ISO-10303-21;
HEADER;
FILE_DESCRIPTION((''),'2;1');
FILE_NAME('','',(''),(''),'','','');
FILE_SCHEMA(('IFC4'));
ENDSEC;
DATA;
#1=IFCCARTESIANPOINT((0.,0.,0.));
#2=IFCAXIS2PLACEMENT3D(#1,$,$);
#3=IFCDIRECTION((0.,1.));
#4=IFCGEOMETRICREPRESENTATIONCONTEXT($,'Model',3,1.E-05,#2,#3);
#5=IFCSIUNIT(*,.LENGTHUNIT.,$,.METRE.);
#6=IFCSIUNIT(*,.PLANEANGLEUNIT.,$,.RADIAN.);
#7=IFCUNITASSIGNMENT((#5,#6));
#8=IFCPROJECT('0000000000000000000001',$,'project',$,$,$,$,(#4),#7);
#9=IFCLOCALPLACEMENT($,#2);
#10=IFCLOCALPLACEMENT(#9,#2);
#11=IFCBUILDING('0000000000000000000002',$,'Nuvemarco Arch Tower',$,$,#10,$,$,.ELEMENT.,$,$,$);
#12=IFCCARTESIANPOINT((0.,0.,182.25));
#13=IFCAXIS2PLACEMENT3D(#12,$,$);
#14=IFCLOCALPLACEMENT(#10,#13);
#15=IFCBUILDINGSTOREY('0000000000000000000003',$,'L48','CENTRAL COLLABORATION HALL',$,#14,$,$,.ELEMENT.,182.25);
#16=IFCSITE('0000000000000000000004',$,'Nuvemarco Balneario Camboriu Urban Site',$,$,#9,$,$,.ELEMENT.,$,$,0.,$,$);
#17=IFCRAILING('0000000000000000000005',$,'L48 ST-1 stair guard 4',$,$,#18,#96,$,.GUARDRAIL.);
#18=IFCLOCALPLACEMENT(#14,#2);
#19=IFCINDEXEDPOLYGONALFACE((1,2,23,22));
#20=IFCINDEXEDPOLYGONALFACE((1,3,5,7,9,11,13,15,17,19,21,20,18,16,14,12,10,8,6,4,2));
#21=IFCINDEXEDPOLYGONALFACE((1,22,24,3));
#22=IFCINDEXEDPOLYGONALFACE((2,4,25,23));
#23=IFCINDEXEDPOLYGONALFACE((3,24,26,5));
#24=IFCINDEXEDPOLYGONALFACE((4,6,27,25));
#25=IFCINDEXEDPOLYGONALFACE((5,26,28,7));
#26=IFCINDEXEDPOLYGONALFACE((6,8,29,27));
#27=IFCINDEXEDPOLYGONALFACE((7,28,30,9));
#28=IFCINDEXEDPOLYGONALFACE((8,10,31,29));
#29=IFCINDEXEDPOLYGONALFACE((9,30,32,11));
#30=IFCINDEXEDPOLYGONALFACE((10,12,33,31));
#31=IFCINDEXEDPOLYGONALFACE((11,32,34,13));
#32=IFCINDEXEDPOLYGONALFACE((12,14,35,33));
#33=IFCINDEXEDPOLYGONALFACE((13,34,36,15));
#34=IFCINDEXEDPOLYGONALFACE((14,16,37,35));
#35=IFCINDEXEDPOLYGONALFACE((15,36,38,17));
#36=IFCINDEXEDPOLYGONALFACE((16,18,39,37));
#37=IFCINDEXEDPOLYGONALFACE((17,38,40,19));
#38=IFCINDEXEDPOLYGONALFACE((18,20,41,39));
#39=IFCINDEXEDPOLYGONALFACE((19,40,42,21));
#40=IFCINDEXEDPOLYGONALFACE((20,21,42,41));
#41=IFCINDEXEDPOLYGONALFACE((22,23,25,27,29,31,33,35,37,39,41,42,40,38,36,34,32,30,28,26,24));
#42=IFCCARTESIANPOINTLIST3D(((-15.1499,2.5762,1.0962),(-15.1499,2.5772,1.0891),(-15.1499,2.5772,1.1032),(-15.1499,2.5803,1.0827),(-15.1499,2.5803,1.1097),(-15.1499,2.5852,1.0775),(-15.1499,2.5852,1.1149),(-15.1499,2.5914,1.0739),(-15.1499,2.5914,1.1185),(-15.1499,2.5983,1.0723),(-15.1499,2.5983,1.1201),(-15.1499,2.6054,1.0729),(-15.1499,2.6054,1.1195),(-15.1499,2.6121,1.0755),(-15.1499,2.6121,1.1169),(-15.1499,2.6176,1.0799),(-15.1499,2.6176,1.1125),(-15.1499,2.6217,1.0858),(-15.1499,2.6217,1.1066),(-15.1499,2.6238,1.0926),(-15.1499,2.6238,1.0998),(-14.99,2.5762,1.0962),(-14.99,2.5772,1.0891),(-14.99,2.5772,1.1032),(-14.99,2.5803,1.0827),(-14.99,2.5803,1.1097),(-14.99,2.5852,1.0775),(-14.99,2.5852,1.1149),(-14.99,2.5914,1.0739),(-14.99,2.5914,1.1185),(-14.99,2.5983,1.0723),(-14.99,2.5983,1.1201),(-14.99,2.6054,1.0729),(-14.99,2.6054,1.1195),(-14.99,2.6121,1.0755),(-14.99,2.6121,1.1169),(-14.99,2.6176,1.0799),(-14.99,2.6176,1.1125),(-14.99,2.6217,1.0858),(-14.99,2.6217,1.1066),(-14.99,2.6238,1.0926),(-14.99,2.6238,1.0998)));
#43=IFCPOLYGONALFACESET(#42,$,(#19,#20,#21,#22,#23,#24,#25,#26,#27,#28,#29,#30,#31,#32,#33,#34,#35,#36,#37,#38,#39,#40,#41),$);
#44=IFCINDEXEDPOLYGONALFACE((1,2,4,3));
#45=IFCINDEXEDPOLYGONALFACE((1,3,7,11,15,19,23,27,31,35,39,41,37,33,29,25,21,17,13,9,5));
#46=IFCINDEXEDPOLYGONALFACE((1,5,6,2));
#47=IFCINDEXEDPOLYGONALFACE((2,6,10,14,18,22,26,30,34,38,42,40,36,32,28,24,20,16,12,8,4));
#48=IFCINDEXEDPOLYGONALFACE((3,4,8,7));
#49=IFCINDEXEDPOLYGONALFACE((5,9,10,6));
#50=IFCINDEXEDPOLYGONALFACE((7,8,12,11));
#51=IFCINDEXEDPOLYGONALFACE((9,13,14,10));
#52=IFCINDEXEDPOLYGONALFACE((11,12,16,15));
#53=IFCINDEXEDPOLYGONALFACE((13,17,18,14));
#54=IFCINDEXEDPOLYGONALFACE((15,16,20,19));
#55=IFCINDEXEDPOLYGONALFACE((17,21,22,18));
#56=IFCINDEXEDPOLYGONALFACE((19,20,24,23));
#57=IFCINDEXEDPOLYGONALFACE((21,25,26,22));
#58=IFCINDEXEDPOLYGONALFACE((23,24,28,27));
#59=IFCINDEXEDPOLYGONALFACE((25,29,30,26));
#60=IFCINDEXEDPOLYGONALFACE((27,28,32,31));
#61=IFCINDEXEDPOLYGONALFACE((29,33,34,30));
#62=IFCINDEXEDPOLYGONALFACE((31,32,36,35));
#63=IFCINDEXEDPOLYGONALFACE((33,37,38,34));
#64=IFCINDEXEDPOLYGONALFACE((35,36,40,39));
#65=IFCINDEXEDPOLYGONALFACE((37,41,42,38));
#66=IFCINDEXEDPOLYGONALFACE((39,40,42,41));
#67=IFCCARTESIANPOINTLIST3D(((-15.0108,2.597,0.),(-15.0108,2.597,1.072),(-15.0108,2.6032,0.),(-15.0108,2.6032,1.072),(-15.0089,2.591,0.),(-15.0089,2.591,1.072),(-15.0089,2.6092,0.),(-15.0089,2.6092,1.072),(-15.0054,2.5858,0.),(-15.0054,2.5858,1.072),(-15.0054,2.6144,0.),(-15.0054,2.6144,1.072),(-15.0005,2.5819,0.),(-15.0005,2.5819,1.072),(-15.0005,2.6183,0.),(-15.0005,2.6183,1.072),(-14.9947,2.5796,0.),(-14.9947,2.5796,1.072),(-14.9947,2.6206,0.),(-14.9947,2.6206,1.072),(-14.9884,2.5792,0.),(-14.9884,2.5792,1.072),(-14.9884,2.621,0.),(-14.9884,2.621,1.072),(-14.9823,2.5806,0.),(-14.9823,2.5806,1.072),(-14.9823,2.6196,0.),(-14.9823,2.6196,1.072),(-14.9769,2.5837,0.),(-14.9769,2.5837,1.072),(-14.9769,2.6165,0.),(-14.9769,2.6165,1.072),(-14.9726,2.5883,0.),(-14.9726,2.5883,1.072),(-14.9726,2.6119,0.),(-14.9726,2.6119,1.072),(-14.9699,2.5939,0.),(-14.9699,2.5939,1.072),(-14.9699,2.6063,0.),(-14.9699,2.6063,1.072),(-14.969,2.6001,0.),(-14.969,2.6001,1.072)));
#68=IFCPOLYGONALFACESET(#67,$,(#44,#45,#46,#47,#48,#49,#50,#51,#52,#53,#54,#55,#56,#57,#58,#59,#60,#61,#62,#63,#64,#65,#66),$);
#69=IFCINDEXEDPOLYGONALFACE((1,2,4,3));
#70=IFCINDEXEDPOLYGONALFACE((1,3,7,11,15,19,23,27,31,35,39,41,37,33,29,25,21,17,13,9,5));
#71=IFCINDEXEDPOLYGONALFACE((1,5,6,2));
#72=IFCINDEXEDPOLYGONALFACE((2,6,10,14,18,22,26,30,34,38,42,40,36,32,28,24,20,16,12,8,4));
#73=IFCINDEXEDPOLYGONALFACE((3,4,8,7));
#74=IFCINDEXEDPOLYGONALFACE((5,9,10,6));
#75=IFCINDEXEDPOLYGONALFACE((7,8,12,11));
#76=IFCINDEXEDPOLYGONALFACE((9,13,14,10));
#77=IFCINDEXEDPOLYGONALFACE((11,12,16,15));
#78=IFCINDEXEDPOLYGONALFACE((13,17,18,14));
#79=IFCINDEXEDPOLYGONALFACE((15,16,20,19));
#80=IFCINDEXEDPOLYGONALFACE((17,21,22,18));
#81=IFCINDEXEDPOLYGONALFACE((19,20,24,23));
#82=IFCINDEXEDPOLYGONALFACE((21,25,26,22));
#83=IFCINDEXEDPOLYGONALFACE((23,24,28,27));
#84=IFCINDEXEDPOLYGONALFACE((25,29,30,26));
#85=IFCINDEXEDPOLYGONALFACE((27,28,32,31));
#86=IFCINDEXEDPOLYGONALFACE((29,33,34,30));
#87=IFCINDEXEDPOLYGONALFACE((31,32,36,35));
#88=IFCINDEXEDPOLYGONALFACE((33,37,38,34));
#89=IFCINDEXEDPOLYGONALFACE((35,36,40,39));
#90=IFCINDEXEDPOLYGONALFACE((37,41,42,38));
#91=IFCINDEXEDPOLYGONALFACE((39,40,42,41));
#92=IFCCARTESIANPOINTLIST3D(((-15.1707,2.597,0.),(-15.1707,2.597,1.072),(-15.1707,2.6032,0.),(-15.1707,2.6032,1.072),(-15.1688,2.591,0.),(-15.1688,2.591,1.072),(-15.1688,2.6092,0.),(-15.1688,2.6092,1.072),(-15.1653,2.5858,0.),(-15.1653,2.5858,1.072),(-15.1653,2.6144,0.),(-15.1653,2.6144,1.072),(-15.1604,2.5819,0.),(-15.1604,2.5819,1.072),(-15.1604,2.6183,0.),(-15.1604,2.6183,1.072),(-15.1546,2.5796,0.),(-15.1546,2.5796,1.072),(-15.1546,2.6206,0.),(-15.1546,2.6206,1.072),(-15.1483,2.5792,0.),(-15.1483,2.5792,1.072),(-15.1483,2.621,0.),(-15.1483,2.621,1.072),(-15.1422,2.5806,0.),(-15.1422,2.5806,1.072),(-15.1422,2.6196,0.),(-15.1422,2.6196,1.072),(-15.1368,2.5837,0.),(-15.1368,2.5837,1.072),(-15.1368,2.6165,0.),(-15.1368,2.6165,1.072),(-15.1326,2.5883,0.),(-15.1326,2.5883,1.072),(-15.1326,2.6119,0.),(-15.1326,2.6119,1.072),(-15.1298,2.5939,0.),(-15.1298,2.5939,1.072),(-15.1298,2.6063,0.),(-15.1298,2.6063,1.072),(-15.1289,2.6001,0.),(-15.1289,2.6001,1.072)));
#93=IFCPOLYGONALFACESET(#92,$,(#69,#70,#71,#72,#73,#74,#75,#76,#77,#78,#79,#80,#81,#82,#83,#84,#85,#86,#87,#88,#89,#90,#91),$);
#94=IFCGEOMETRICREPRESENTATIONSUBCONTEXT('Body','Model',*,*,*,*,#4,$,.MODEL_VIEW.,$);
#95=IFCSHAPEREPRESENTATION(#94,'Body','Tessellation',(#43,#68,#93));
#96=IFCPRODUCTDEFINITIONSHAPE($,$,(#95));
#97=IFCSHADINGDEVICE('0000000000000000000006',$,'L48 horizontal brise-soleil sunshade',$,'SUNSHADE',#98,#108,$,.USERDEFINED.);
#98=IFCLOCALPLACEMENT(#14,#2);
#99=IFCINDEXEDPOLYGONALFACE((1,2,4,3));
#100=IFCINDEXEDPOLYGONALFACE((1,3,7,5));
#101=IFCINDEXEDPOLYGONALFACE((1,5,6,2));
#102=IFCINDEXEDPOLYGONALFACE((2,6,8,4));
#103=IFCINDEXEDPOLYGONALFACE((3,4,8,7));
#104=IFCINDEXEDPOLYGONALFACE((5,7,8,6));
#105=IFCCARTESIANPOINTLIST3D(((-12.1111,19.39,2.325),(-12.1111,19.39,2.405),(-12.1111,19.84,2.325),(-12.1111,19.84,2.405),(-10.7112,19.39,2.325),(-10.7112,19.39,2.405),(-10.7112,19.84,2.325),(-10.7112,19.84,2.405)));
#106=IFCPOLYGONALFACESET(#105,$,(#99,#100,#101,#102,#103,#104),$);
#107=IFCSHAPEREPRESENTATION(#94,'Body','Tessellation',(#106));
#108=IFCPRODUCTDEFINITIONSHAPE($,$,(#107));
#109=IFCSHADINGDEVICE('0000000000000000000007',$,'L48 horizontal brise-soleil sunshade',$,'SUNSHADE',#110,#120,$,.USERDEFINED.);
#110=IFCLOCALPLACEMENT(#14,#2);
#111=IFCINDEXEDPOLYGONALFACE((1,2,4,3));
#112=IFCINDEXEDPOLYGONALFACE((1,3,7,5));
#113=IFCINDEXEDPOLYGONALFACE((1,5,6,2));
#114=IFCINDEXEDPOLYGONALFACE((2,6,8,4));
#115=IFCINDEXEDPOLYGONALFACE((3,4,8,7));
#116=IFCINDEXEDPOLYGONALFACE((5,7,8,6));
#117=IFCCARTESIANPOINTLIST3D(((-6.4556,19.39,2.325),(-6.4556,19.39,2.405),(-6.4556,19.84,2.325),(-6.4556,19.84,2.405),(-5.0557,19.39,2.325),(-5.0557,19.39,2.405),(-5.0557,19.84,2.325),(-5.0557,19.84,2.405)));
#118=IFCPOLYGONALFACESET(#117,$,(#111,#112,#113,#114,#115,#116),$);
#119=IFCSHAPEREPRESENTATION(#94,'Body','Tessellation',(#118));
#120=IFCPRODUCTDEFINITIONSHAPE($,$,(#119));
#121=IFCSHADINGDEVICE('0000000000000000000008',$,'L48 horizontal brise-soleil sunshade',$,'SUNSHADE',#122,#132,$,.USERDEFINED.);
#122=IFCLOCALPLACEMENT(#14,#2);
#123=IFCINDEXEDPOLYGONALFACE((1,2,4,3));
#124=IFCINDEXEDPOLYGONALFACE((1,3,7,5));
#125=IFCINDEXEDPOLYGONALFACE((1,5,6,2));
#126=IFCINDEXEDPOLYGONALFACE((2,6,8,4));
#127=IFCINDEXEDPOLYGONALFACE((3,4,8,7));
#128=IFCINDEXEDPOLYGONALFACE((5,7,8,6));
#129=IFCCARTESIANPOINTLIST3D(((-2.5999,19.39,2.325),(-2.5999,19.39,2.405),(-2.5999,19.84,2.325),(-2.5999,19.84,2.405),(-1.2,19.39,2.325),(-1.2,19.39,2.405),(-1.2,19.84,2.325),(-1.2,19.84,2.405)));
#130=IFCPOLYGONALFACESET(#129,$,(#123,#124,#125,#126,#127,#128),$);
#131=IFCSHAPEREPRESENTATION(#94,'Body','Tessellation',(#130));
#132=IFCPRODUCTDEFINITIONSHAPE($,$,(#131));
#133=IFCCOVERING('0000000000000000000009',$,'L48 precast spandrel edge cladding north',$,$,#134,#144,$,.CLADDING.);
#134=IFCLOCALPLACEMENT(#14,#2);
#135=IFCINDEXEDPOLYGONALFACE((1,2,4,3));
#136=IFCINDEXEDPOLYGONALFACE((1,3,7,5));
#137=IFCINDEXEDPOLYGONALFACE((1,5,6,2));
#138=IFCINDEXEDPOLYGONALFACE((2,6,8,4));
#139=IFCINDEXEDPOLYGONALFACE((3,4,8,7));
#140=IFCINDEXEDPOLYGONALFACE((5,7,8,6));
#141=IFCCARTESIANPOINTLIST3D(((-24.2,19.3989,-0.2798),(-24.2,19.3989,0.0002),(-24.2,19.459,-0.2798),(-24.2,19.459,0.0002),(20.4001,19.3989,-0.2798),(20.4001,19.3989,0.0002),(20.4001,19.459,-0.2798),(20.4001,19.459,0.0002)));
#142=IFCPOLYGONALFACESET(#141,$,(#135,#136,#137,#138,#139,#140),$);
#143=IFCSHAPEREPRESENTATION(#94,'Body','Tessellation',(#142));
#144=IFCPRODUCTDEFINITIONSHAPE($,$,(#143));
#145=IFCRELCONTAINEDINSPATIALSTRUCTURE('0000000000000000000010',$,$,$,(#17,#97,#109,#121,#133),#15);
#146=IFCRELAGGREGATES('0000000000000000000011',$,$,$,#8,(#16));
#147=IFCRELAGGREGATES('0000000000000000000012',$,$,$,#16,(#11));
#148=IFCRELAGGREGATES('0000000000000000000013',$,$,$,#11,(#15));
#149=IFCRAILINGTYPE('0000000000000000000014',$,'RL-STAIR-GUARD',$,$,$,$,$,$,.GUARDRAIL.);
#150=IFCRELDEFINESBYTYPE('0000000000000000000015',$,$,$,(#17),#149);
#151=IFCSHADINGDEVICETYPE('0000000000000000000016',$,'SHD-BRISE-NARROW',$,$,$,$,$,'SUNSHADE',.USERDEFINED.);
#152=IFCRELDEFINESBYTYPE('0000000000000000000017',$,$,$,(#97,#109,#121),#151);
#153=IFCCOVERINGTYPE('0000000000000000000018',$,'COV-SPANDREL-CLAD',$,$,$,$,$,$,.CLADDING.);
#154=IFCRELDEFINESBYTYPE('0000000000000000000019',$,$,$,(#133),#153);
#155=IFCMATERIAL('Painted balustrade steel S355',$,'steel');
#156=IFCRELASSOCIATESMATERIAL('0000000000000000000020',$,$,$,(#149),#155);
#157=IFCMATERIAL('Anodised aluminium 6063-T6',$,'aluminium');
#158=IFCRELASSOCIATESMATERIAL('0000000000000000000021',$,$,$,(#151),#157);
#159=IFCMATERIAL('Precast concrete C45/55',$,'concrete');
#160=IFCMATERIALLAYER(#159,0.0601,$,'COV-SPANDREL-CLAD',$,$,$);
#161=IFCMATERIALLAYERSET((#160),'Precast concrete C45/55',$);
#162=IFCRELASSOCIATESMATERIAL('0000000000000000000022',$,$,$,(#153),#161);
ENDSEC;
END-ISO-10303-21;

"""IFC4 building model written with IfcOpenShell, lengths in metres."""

from ifc_helpers import new_model, si_unit, direction, frame, origin, origin_2d, place, context, subcontext, project, spatial, rectangle, circle, extrude, source, transform, mapped, material, layer, layer_set, type_object, type_shapes, element, save


model = new_model("IFC4")

# Units and contexts
model_context = context("Model", 3, precision=1e-05, world=origin(), true_north=direction((0.0, 1.0)))
body_context = subcontext(model_context, "Body", "Model", "MODEL_VIEW")
ifc_project = project(units=[si_unit("LENGTHUNIT", "METRE"), si_unit("PLANEANGLEUNIT", "RADIAN")], contexts=[model_context])

# Site, building, storey
site_placement = place(None, origin())
site = spatial("IfcSite", under=ifc_project, at=site_placement, Name="Nuvemarco Balneario Camboriu Urban Site", CompositionType="ELEMENT", RefElevation=0.0)
building_placement = place(site_placement, origin())
building = spatial("IfcBuilding", under=site, at=building_placement, Name="Nuvemarco Arch Tower", CompositionType="ELEMENT")
storey_placement = place(building_placement, frame((0.0, 0.0, 182.25)))
storey = spatial("IfcBuildingStorey", under=building, at=storey_placement, Name="L48", Description="CENTRAL COLLABORATION HALL", CompositionType="ELEMENT", Elevation=182.25)

# Shared definitions
ifc_material_1 = material(Name="Precast concrete C45/55", Category="concrete")

# Railing
ifc_material_2 = material(Name="Painted balustrade steel S355", Category="steel")
railing_type_1 = type_object("IfcRailingType", Name="RL-STAIR-GUARD", PredefinedType="GUARDRAIL", material=ifc_material_2)
railing_1_placement = place(storey_placement, frame((-14.99, 2.6001, 0.0)))
element("IfcRailing", 1, at=railing_1_placement, inside=storey, type_object=railing_type_1, Name="L48 ST-1 stair guard 4", PredefinedType="GUARDRAIL", context=body_context, shape_type="SweptSolid", body=[
    extrude(circle(Radius=0.0239, at=origin_2d()), frame((0.0, 0.0, 1.0962), z_axis=(-1.0, 0.0, 0.0), x_axis=(0.0, -1.0, 0.0)), (0.0, 0.0, 1.0), 0.1599),
    extrude(circle(Radius=0.021, at=origin_2d()), origin(), (0.0, 0.0, 1.0), 1.072),
    extrude(circle(Radius=0.021, at=origin_2d()), frame((-0.1599, 0.0, 0.0)), (0.0, 0.0, 1.0), 1.072),
])

# Shading devices
ifc_material_3 = material(Name="Anodised aluminium 6063-T6", Category="aluminium")
shading_device_type = type_object("IfcShadingDeviceType", Name="SHD-BRISE-NARROW", ElementType="SUNSHADE", PredefinedType="USERDEFINED", material=ifc_material_3)
shared_shape_1 = source(origin(), body_context, "Body", "SweptSolid", [
    extrude(rectangle(XDim=1.3999, YDim=0.45, at=origin_2d()), origin(), (0.0, 0.0, 1.0), 0.0801),
])
type_shapes(shading_device_type, [shared_shape_1])
for number, where, z_axis, x_axis, name in (
    (2, (-11.4111, 19.615, 2.325), (0.0, 0.0, 1.0), (1.0, 0.0, 0.0), "L48 horizontal brise-soleil sunshade"),
    (3, (-5.7556, 19.615, 2.325), (0.0, 0.0, 1.0), (1.0, 0.0, 0.0), "L48 horizontal brise-soleil sunshade"),
    (4, (-1.8999, 19.615, 2.325), (0.0, 0.0, 1.0), (1.0, 0.0, 0.0), "L48 horizontal brise-soleil sunshade"),
):
    element("IfcShadingDevice", number, at=place(storey_placement, frame(where, z_axis=z_axis, x_axis=x_axis)), inside=storey, type_object=shading_device_type, Name=name, ObjectType="SUNSHADE", PredefinedType="USERDEFINED", context=body_context, shape_type="MappedRepresentation", body=[
        mapped(shared_shape_1, transform((0.0, 0.0, 0.0), scale=1.0)),
    ])

# Covering
ifc_layer_1 = layer(ifc_material_1, 0.0601, Name="COV-SPANDREL-CLAD")
ifc_layer_set_1 = layer_set([ifc_layer_1], Name="Precast concrete C45/55")
covering_type = type_object("IfcCoveringType", Name="COV-SPANDREL-CLAD", PredefinedType="CLADDING", material=ifc_layer_set_1)
shared_shape_2 = source(origin(), body_context, "Body", "SweptSolid", [
    extrude(rectangle(XDim=44.6001, YDim=0.0601, at=origin_2d()), origin(), (0.0, 0.0, 1.0), 0.28),
])
type_shapes(covering_type, [shared_shape_2])
covering_placement = place(storey_placement, frame((-1.8999, 19.429, -0.2798), z_axis=(0.0, 0.0, 1.0), x_axis=(1.0, 0.0, 0.0)))
element("IfcCovering", 5, at=covering_placement, inside=storey, type_object=covering_type, Name="L48 precast spandrel edge cladding north", PredefinedType="CLADDING", context=body_context, shape_type="MappedRepresentation", body=[
    mapped(shared_shape_2, transform((0.0, 0.0, 0.0), scale=1.0)),
])

save(model, "model.ifc")
